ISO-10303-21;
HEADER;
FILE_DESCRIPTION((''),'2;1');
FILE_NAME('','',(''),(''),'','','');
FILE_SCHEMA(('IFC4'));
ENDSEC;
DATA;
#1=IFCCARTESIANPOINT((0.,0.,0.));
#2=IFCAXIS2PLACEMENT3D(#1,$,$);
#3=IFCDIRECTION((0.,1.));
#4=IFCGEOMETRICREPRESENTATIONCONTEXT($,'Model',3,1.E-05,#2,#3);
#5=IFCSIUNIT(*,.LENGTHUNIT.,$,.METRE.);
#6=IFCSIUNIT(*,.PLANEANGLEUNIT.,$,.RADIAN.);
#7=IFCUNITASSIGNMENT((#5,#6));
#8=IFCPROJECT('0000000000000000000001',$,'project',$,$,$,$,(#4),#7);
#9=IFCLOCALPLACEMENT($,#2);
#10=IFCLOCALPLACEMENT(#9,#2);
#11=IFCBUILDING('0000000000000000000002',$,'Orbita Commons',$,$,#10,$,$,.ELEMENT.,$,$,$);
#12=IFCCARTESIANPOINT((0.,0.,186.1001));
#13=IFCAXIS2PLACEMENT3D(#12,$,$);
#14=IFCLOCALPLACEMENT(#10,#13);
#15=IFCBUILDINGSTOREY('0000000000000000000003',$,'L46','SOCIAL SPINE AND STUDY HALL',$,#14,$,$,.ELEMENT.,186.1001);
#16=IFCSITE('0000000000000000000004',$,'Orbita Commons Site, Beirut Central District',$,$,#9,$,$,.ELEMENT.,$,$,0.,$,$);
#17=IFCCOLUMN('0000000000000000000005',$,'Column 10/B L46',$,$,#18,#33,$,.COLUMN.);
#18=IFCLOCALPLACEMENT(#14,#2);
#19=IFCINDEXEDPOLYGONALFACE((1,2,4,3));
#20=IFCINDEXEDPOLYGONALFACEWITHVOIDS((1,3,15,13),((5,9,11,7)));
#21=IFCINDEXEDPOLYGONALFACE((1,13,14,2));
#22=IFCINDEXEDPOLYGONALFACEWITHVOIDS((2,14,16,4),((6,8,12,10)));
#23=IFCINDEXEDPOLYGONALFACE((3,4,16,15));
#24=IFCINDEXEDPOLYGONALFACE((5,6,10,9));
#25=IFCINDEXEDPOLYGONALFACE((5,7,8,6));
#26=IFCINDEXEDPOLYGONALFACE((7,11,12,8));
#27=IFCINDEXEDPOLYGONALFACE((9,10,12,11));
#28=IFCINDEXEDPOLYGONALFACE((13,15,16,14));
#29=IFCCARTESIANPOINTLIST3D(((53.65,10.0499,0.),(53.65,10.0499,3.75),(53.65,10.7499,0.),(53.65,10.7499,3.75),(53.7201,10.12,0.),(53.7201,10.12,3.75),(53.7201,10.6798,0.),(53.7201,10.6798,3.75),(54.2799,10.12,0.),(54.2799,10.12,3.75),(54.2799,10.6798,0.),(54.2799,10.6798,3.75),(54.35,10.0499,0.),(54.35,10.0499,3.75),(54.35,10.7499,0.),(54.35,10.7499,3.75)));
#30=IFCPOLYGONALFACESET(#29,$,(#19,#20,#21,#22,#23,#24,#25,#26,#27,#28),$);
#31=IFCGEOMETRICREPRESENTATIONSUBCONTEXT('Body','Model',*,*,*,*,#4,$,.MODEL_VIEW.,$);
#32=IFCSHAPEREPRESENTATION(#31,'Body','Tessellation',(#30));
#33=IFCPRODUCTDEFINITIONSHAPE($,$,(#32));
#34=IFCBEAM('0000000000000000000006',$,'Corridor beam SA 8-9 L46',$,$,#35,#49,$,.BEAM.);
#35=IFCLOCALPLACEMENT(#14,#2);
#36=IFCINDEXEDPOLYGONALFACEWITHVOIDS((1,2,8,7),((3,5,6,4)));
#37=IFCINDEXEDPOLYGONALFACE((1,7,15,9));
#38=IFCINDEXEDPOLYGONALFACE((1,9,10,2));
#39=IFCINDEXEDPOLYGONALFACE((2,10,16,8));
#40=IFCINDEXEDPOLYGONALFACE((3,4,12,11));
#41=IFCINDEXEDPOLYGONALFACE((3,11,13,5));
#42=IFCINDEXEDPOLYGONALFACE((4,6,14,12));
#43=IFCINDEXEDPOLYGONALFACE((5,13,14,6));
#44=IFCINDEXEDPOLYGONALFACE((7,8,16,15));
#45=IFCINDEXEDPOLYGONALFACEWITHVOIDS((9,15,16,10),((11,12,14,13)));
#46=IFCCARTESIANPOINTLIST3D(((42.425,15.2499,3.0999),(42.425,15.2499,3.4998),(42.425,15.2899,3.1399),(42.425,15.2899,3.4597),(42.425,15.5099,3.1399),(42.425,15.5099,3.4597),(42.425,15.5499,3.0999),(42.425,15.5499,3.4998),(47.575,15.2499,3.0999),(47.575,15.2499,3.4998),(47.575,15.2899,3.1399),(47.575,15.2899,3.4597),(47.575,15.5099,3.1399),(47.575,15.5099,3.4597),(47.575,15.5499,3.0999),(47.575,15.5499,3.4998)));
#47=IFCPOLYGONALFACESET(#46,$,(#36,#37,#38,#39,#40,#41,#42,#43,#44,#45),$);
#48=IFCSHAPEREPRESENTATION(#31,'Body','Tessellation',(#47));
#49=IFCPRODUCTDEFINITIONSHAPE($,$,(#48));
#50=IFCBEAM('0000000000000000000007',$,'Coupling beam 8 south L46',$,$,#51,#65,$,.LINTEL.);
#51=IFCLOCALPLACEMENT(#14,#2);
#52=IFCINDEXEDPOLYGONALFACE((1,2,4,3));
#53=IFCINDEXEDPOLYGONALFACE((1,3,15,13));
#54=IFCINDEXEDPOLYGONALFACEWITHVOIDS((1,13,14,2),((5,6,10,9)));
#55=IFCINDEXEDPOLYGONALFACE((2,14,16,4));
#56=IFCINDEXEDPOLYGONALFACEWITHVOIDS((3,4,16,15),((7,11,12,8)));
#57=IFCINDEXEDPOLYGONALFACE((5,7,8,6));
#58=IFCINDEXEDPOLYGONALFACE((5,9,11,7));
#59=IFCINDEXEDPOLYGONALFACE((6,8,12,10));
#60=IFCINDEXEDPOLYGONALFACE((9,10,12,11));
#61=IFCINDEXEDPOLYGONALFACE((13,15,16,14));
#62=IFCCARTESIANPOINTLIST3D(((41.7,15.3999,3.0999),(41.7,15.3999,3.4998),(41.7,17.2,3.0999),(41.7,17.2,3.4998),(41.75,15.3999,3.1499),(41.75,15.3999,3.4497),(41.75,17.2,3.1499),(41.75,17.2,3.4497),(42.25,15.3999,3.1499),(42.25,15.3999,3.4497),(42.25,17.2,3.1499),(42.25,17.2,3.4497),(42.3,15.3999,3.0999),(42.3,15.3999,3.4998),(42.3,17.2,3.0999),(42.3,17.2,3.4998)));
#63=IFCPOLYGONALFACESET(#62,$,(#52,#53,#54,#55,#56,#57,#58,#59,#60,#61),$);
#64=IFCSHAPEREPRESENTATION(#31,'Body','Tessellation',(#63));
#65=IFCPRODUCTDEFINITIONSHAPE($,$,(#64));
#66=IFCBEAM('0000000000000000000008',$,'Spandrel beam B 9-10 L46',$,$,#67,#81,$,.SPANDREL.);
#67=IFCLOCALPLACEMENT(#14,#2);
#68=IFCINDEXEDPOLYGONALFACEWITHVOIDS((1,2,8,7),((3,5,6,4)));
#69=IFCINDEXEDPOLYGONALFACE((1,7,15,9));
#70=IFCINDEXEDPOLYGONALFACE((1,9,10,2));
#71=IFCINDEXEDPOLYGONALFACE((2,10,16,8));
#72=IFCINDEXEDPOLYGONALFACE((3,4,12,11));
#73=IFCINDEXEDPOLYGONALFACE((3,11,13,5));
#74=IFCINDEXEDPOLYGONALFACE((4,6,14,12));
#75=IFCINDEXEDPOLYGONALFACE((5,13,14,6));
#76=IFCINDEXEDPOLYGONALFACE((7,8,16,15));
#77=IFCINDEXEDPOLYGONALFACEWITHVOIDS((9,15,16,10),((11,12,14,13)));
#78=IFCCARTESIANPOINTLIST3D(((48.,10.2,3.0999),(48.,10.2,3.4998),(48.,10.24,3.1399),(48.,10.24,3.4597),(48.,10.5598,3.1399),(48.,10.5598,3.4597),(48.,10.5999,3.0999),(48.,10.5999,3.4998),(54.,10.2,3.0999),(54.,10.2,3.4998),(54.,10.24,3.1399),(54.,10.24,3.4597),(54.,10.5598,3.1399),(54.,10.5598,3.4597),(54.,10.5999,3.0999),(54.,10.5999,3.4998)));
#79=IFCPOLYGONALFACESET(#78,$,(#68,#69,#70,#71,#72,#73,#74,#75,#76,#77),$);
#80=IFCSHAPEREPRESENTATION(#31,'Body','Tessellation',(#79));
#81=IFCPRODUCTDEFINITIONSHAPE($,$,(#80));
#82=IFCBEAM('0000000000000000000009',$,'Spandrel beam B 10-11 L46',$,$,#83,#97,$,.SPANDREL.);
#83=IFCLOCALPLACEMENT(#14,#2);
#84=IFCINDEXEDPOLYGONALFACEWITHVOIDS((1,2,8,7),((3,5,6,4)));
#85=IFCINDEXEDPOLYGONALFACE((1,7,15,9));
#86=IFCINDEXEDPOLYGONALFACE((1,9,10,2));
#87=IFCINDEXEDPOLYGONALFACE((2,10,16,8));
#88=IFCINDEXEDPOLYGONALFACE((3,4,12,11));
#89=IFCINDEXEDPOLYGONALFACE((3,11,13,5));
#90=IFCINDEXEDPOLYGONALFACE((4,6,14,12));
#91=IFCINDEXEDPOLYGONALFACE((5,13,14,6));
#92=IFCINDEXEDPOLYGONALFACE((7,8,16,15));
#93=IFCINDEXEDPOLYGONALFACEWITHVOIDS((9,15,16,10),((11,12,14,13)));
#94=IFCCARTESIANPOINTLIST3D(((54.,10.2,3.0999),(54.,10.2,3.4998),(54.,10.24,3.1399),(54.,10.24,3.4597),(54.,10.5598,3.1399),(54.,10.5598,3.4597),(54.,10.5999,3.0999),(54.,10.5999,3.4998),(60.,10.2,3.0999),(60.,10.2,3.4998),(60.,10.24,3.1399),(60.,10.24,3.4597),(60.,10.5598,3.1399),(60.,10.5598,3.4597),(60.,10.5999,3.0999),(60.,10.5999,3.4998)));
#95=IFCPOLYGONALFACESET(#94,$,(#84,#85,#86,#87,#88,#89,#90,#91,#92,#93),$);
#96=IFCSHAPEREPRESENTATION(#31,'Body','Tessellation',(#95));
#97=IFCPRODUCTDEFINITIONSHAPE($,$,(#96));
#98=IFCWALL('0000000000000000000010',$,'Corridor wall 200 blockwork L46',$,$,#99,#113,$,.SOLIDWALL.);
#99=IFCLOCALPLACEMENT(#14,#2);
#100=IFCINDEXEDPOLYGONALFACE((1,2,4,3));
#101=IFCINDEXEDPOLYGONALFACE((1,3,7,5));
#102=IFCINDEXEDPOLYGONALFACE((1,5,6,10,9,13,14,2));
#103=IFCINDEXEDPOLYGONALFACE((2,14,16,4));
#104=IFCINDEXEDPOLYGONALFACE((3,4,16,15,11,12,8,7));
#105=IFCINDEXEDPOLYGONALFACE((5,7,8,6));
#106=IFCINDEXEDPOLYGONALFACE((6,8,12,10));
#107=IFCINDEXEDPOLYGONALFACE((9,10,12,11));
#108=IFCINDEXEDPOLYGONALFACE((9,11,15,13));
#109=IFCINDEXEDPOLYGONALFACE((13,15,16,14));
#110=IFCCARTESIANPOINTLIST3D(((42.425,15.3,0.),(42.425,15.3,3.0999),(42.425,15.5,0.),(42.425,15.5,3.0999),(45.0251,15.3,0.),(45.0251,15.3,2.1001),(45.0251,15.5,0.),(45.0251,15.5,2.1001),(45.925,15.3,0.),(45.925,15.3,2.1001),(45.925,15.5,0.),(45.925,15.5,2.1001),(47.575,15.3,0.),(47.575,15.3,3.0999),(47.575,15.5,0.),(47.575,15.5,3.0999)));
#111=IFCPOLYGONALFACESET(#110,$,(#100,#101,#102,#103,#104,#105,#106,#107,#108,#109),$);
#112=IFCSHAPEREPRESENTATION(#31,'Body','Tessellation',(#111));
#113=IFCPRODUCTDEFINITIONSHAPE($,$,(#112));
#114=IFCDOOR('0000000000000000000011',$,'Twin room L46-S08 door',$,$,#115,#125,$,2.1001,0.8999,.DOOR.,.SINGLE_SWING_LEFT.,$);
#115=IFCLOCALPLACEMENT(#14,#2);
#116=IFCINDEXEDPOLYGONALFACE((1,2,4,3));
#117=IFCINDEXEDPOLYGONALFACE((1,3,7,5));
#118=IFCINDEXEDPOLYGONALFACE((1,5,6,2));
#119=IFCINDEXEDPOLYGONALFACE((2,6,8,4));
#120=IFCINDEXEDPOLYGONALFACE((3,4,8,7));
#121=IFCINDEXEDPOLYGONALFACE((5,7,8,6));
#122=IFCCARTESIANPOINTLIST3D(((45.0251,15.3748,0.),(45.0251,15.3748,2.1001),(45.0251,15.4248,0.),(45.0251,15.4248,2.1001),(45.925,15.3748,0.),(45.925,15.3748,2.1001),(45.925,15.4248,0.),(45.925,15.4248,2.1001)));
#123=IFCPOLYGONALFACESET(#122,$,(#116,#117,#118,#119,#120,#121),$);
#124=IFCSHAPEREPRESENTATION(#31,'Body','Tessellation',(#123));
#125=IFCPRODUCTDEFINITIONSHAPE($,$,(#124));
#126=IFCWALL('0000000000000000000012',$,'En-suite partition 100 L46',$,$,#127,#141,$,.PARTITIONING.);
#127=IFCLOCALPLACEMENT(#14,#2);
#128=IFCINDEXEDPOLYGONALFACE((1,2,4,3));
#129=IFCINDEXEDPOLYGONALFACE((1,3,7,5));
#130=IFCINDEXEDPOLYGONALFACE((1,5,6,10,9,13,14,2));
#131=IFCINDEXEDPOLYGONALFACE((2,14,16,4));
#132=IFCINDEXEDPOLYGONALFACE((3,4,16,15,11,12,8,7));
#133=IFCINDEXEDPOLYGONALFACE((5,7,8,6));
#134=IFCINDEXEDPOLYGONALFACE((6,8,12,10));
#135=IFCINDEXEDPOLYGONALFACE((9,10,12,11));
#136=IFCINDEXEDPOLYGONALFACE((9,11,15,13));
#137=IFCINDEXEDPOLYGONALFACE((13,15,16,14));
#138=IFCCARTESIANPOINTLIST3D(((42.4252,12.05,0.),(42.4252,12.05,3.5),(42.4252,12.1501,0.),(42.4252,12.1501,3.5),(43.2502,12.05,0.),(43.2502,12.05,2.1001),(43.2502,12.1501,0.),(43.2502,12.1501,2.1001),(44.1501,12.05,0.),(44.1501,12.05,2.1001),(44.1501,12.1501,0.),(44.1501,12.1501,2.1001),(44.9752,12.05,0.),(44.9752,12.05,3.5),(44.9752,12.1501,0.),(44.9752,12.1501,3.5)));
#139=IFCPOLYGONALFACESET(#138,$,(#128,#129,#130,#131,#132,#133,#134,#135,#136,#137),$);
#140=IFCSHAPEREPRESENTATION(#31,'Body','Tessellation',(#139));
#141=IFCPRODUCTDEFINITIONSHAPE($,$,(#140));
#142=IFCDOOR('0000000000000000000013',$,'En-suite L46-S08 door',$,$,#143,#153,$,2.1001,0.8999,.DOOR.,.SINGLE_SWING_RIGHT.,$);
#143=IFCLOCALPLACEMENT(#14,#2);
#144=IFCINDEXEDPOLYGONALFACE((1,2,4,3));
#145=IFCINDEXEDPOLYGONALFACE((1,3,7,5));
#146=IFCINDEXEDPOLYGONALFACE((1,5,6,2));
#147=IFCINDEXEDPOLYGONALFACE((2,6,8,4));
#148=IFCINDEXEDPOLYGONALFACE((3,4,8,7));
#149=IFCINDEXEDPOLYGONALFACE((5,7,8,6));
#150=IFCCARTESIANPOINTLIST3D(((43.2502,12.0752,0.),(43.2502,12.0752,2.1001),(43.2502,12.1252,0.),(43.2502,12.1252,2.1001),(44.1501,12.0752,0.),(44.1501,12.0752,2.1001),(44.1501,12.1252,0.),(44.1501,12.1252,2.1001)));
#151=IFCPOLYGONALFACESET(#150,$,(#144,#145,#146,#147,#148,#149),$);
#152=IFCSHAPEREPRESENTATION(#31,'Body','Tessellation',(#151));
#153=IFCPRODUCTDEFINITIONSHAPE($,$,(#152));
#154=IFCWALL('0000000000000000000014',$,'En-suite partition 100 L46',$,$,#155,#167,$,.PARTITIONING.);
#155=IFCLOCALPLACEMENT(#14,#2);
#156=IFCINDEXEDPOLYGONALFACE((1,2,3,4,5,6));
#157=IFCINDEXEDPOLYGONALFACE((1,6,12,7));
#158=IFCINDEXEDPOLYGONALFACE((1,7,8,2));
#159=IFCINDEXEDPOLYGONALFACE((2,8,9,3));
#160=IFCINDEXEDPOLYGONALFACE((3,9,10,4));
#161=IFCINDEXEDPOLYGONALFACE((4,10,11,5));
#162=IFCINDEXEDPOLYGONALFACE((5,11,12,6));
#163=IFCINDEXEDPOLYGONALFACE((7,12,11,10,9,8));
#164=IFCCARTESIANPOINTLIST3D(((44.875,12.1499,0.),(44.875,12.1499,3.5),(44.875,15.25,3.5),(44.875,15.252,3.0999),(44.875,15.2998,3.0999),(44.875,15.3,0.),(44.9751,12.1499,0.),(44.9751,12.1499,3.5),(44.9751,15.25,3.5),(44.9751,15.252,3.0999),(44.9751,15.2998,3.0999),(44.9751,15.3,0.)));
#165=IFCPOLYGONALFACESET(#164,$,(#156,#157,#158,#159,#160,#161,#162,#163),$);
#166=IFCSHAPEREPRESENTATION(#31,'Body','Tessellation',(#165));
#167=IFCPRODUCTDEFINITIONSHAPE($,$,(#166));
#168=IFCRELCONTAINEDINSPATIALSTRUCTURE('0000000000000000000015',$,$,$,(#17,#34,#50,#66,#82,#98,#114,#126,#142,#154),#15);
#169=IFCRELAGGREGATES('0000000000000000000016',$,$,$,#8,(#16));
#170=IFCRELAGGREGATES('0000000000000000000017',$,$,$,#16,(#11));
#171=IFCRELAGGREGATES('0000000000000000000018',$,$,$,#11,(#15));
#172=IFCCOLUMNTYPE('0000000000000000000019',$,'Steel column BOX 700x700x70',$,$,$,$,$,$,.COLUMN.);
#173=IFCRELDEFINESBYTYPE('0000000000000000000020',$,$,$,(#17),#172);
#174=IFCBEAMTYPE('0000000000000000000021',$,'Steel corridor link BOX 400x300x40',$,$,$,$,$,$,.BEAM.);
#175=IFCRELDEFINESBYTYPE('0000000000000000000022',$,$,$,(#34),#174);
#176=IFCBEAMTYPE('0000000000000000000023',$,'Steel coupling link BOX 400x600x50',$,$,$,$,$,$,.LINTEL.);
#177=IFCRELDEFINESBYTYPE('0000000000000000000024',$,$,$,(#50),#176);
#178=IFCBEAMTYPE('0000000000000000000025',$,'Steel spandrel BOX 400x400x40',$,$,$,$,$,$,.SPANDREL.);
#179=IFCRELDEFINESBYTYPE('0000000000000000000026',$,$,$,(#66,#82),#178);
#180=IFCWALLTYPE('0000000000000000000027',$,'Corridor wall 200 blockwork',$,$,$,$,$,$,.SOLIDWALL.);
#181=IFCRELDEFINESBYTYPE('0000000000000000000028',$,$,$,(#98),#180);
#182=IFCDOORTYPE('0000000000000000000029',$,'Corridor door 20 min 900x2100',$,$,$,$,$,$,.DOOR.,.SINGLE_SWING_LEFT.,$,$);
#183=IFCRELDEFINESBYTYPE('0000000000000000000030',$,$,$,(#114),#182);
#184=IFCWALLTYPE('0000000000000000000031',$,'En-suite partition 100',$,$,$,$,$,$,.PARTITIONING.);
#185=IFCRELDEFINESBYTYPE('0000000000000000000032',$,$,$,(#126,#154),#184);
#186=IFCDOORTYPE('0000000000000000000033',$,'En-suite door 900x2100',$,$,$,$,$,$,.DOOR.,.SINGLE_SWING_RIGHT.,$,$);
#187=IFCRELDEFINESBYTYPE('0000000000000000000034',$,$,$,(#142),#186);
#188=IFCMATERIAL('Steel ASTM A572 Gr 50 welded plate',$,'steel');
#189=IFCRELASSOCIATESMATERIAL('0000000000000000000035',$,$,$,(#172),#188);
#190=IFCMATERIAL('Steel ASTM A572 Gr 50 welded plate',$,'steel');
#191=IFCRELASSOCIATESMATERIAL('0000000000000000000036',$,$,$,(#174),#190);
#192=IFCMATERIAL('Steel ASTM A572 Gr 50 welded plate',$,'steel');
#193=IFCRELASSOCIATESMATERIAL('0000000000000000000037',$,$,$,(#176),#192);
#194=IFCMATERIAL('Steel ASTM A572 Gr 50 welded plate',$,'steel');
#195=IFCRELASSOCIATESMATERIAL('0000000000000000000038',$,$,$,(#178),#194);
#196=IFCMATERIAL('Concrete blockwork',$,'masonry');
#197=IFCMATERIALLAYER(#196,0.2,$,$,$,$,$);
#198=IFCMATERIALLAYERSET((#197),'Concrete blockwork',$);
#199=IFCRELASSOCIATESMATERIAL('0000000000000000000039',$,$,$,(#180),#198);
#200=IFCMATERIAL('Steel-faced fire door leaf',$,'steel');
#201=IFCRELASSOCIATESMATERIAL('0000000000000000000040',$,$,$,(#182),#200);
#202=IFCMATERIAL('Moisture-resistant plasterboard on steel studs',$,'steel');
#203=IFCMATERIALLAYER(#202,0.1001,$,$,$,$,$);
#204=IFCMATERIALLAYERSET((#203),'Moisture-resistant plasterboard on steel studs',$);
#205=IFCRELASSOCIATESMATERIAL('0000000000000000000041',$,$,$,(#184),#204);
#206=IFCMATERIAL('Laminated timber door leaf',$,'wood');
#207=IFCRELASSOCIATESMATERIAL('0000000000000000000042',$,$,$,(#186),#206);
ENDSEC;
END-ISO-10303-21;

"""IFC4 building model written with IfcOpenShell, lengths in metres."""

from ifc_helpers import new_model, si_unit, direction, frame, frame_2d, origin, origin_2d, place, context, subcontext, project, spatial, polyline, rectangle, hollow_rectangle, outline, extrude, material, layer, layer_set, material_profile, profile_set, type_object, element, fill, save


model = new_model("IFC4")

# Units and contexts
model_context = context("Model", 3, precision=1e-05, world=origin(), true_north=direction((0.0, 1.0)))
body_context = subcontext(model_context, "Body", "Model", "MODEL_VIEW")
ifc_project = project(units=[si_unit("LENGTHUNIT", "METRE"), si_unit("PLANEANGLEUNIT", "RADIAN")], contexts=[model_context])

# Site, building, storey
site_placement = place(None, origin())
site = spatial("IfcSite", under=ifc_project, at=site_placement, Name="Orbita Commons Site, Beirut Central District", CompositionType="ELEMENT", RefElevation=0.0)
building_placement = place(site_placement, origin())
building = spatial("IfcBuilding", under=site, at=building_placement, Name="Orbita Commons", CompositionType="ELEMENT")
storey_placement = place(building_placement, frame((0.0, 0.0, 186.1001)))
storey = spatial("IfcBuildingStorey", under=building, at=storey_placement, Name="L46", Description="SOCIAL SPINE AND STUDY HALL", CompositionType="ELEMENT", Elevation=186.1001)

# Column
ifc_material_1 = material(Name="Steel ASTM A572 Gr 50 welded plate", Category="steel")
ifc_material_profile_1 = material_profile(ifc_material_1, hollow_rectangle(XDim=0.7, YDim=0.7, WallThickness=0.0701, at=origin_2d()), Name="BOX 700x700x70")
ifc_profile_set_1 = profile_set([ifc_material_profile_1], Name="Steel ASTM A572 Gr 50 welded plate")
column_type = type_object("IfcColumnType", Name="Steel column BOX 700x700x70", PredefinedType="COLUMN", material=ifc_profile_set_1)
column_placement = place(storey_placement, frame((54.0, 10.3999, 0.0), z_axis=(0.0, 0.0, 1.0), x_axis=(1.0, 0.0, 0.0)))
element("IfcColumn", 1, at=column_placement, inside=storey, type_object=column_type, Name="Column 10/B L46", PredefinedType="COLUMN", context=body_context, shape_type="SweptSolid", body=[
    extrude(hollow_rectangle(XDim=0.7, YDim=0.7, WallThickness=0.0701, at=origin_2d()), origin(), (0.0, 0.0, 1.0), 3.75),
])

# Beams
ifc_material_2 = material(Name="Steel ASTM A572 Gr 50 welded plate", Category="steel")
ifc_material_profile_2 = material_profile(ifc_material_2, hollow_rectangle(XDim=0.3, YDim=0.3999, WallThickness=0.04, at=origin_2d()), Name="BOX 400x300x40")
ifc_profile_set_2 = profile_set([ifc_material_profile_2], Name="Steel ASTM A572 Gr 50 welded plate")
beam_type_1 = type_object("IfcBeamType", Name="Steel corridor link BOX 400x300x40", PredefinedType="BEAM", material=ifc_profile_set_2)
beam_1_placement = place(storey_placement, frame((42.425, 15.3999, 3.2998), z_axis=(1.0, 0.0, 0.0), x_axis=(0.0, 1.0, 0.0)))
element("IfcBeam", 2, at=beam_1_placement, inside=storey, type_object=beam_type_1, Name="Corridor beam SA 8-9 L46", PredefinedType="BEAM", context=body_context, shape_type="SweptSolid", body=[
    extrude(hollow_rectangle(XDim=0.3, YDim=0.3999, WallThickness=0.04, at=origin_2d()), origin(), (0.0, 0.0, 1.0), 5.1499),
])
ifc_material_3 = material(Name="Steel ASTM A572 Gr 50 welded plate", Category="steel")
ifc_material_profile_3 = material_profile(ifc_material_3, hollow_rectangle(XDim=0.6001, YDim=0.3999, WallThickness=0.05, at=origin_2d()), Name="BOX 400x600x50")
ifc_profile_set_3 = profile_set([ifc_material_profile_3], Name="Steel ASTM A572 Gr 50 welded plate")
beam_type_2 = type_object("IfcBeamType", Name="Steel coupling link BOX 400x600x50", PredefinedType="LINTEL", material=ifc_profile_set_3)
beam_2_placement = place(storey_placement, frame((42.0, 15.3999, 3.2998), z_axis=(0.0, 1.0, 0.0), x_axis=(-1.0, 0.0, 0.0)))
element("IfcBeam", 3, at=beam_2_placement, inside=storey, type_object=beam_type_2, Name="Coupling beam 8 south L46", PredefinedType="LINTEL", context=body_context, shape_type="SweptSolid", body=[
    extrude(hollow_rectangle(XDim=0.6001, YDim=0.3999, WallThickness=0.05, at=origin_2d()), origin(), (0.0, 0.0, 1.0), 1.8),
])
ifc_material_4 = material(Name="Steel ASTM A572 Gr 50 welded plate", Category="steel")
ifc_material_profile_4 = material_profile(ifc_material_4, hollow_rectangle(XDim=0.3999, YDim=0.3999, WallThickness=0.04, at=origin_2d()), Name="BOX 400x400x40")
ifc_profile_set_4 = profile_set([ifc_material_profile_4], Name="Steel ASTM A572 Gr 50 welded plate")
beam_type_3 = type_object("IfcBeamType", Name="Steel spandrel BOX 400x400x40", PredefinedType="SPANDREL", material=ifc_profile_set_4)
for number, where, z_axis, x_axis, name in (
    (4, (48.0, 10.3999, 3.2998), (1.0, 0.0, 0.0), (0.0, 1.0, 0.0), "Spandrel beam B 9-10 L46"),
    (5, (54.0, 10.3999, 3.2998), (1.0, 0.0, 0.0), (0.0, 1.0, 0.0), "Spandrel beam B 10-11 L46"),
):
    element("IfcBeam", number, at=place(storey_placement, frame(where, z_axis=z_axis, x_axis=x_axis)), inside=storey, type_object=beam_type_3, Name=name, PredefinedType="SPANDREL", context=body_context, shape_type="SweptSolid", body=[
        extrude(hollow_rectangle(XDim=0.3999, YDim=0.3999, WallThickness=0.04, at=origin_2d()), origin(), (0.0, 0.0, 1.0), 6.0),
    ])

# Walls, openings, doors
ifc_material_5 = material(Name="Concrete blockwork", Category="masonry")
ifc_layer_1 = layer(ifc_material_5, 0.2)
ifc_layer_set_1 = layer_set([ifc_layer_1], Name="Concrete blockwork")
wall_type_1 = type_object("IfcWallType", Name="Corridor wall 200 blockwork", PredefinedType="SOLIDWALL", material=ifc_layer_set_1)
wall_1_placement = place(storey_placement, frame((42.425, 15.3999, 0.0), z_axis=(0.0, 0.0, 1.0), x_axis=(1.0, 0.0, 0.0)))
wall_1 = element("IfcWall", 6, at=wall_1_placement, inside=storey, type_object=wall_type_1, Name="Corridor wall 200 blockwork L46", PredefinedType="SOLIDWALL", context=body_context, shape_type="SweptSolid", body=[
    extrude(outline(polyline([(0.0, 0.0), (5.1499, 0.0), (5.1499, 3.0999), (0.0, 3.0999), (0.0, 0.0)])), frame((0.0, 0.1001, 0.0), z_axis=(0.0, -1.0, 0.0), x_axis=(1.0, 0.0, 0.0)), (0.0, 0.0, 1.0), 0.2),
])
opening_1_placement = place(wall_1_placement, frame((2.6001, 0.0, 0.0)))
opening_1 = element("IfcOpeningElement", 7, at=opening_1_placement, cuts=wall_1, PredefinedType="OPENING", context=body_context, shape_type="SweptSolid", body=[
    extrude(rectangle(XDim=0.8999, YDim=2.1001, at=frame_2d((0.45, 1.05))), frame((0.0, 0.1099, 0.0), z_axis=(0.0, -1.0, 0.0), x_axis=(1.0, 0.0, 0.0)), (0.0, 0.0, 1.0), 0.22),
])
ifc_material_6 = material(Name="Steel-faced fire door leaf", Category="steel")
door_type_1 = type_object("IfcDoorType", Name="Corridor door 20 min 900x2100", OperationType="SINGLE_SWING_LEFT", PredefinedType="DOOR", material=ifc_material_6)
door_1_placement = place(opening_1_placement, origin())
door_1 = element("IfcDoor", 8, at=door_1_placement, inside=storey, type_object=door_type_1, Name="Twin room L46-S08 door", OperationType="SINGLE_SWING_LEFT", OverallHeight=2.1001, OverallWidth=0.8999, PredefinedType="DOOR", context=body_context, shape_type="SweptSolid", body=[
    extrude(rectangle(XDim=0.8999, YDim=2.1001, at=frame_2d((0.45, 1.05))), frame((0.0, 0.0249, 0.0), z_axis=(0.0, -1.0, 0.0), x_axis=(1.0, 0.0, 0.0)), (0.0, 0.0, 1.0), 0.05),
])
fill(opening_1, door_1)
ifc_material_7 = material(Name="Moisture-resistant plasterboard on steel studs", Category="steel")
ifc_layer_2 = layer(ifc_material_7, 0.1001)
ifc_layer_set_2 = layer_set([ifc_layer_2], Name="Moisture-resistant plasterboard on steel studs")
wall_type_2 = type_object("IfcWallType", Name="En-suite partition 100", PredefinedType="PARTITIONING", material=ifc_layer_set_2)
wall_2_placement = place(storey_placement, frame((44.9751, 12.1001, 0.0), z_axis=(0.0, 0.0, 1.0), x_axis=(-1.0, 0.0, 0.0)))
wall_2 = element("IfcWall", 9, at=wall_2_placement, inside=storey, type_object=wall_type_2, Name="En-suite partition 100 L46", PredefinedType="PARTITIONING", context=body_context, shape_type="SweptSolid", body=[
    extrude(rectangle(XDim=2.55, YDim=0.1001, at=frame_2d((1.2749, 0.0))), origin(), (0.0, 0.0, 1.0), 3.5),
])
opening_2_placement = place(wall_2_placement, frame((0.825, 0.0, 0.0)))
opening_2 = element("IfcOpeningElement", 10, at=opening_2_placement, cuts=wall_2, PredefinedType="OPENING", context=body_context, shape_type="SweptSolid", body=[
    extrude(rectangle(XDim=0.8999, YDim=2.1001, at=frame_2d((0.45, 1.05))), frame((0.0, 0.0601, 0.0), z_axis=(0.0, -1.0, 0.0), x_axis=(1.0, 0.0, 0.0)), (0.0, 0.0, 1.0), 0.1201),
])
ifc_material_8 = material(Name="Laminated timber door leaf", Category="wood")
door_type_2 = type_object("IfcDoorType", Name="En-suite door 900x2100", OperationType="SINGLE_SWING_RIGHT", PredefinedType="DOOR", material=ifc_material_8)
door_2_placement = place(opening_2_placement, origin())
door_2 = element("IfcDoor", 11, at=door_2_placement, inside=storey, type_object=door_type_2, Name="En-suite L46-S08 door", OperationType="SINGLE_SWING_RIGHT", OverallHeight=2.1001, OverallWidth=0.8999, PredefinedType="DOOR", context=body_context, shape_type="SweptSolid", body=[
    extrude(rectangle(XDim=0.8999, YDim=2.1001, at=frame_2d((0.45, 1.05))), frame((0.0, 0.0249, 0.0), z_axis=(0.0, -1.0, 0.0), x_axis=(1.0, 0.0, 0.0)), (0.0, 0.0, 1.0), 0.05),
])
fill(opening_2, door_2)

# Wall
wall_3_placement = place(storey_placement, frame((44.925, 12.1499, 0.0), z_axis=(0.0, 0.0, 1.0), x_axis=(0.0, 1.0, 0.0)))
element("IfcWall", 12, at=wall_3_placement, inside=storey, type_object=wall_type_2, Name="En-suite partition 100 L46", PredefinedType="PARTITIONING", context=body_context, shape_type="SweptSolid", body=[
    extrude(outline(polyline([(0.0, 0.0), (3.1501, 0.0), (3.1499, 3.0999), (3.1021, 3.0999), (3.1001, 3.5), (0.0, 3.5), (0.0, 0.0)])), frame((0.0, 0.05, 0.0), z_axis=(0.0, -1.0, 0.0), x_axis=(1.0, 0.0, 0.0)), (0.0, 0.0, 1.0), 0.1001),
])

save(model, "model.ifc")
